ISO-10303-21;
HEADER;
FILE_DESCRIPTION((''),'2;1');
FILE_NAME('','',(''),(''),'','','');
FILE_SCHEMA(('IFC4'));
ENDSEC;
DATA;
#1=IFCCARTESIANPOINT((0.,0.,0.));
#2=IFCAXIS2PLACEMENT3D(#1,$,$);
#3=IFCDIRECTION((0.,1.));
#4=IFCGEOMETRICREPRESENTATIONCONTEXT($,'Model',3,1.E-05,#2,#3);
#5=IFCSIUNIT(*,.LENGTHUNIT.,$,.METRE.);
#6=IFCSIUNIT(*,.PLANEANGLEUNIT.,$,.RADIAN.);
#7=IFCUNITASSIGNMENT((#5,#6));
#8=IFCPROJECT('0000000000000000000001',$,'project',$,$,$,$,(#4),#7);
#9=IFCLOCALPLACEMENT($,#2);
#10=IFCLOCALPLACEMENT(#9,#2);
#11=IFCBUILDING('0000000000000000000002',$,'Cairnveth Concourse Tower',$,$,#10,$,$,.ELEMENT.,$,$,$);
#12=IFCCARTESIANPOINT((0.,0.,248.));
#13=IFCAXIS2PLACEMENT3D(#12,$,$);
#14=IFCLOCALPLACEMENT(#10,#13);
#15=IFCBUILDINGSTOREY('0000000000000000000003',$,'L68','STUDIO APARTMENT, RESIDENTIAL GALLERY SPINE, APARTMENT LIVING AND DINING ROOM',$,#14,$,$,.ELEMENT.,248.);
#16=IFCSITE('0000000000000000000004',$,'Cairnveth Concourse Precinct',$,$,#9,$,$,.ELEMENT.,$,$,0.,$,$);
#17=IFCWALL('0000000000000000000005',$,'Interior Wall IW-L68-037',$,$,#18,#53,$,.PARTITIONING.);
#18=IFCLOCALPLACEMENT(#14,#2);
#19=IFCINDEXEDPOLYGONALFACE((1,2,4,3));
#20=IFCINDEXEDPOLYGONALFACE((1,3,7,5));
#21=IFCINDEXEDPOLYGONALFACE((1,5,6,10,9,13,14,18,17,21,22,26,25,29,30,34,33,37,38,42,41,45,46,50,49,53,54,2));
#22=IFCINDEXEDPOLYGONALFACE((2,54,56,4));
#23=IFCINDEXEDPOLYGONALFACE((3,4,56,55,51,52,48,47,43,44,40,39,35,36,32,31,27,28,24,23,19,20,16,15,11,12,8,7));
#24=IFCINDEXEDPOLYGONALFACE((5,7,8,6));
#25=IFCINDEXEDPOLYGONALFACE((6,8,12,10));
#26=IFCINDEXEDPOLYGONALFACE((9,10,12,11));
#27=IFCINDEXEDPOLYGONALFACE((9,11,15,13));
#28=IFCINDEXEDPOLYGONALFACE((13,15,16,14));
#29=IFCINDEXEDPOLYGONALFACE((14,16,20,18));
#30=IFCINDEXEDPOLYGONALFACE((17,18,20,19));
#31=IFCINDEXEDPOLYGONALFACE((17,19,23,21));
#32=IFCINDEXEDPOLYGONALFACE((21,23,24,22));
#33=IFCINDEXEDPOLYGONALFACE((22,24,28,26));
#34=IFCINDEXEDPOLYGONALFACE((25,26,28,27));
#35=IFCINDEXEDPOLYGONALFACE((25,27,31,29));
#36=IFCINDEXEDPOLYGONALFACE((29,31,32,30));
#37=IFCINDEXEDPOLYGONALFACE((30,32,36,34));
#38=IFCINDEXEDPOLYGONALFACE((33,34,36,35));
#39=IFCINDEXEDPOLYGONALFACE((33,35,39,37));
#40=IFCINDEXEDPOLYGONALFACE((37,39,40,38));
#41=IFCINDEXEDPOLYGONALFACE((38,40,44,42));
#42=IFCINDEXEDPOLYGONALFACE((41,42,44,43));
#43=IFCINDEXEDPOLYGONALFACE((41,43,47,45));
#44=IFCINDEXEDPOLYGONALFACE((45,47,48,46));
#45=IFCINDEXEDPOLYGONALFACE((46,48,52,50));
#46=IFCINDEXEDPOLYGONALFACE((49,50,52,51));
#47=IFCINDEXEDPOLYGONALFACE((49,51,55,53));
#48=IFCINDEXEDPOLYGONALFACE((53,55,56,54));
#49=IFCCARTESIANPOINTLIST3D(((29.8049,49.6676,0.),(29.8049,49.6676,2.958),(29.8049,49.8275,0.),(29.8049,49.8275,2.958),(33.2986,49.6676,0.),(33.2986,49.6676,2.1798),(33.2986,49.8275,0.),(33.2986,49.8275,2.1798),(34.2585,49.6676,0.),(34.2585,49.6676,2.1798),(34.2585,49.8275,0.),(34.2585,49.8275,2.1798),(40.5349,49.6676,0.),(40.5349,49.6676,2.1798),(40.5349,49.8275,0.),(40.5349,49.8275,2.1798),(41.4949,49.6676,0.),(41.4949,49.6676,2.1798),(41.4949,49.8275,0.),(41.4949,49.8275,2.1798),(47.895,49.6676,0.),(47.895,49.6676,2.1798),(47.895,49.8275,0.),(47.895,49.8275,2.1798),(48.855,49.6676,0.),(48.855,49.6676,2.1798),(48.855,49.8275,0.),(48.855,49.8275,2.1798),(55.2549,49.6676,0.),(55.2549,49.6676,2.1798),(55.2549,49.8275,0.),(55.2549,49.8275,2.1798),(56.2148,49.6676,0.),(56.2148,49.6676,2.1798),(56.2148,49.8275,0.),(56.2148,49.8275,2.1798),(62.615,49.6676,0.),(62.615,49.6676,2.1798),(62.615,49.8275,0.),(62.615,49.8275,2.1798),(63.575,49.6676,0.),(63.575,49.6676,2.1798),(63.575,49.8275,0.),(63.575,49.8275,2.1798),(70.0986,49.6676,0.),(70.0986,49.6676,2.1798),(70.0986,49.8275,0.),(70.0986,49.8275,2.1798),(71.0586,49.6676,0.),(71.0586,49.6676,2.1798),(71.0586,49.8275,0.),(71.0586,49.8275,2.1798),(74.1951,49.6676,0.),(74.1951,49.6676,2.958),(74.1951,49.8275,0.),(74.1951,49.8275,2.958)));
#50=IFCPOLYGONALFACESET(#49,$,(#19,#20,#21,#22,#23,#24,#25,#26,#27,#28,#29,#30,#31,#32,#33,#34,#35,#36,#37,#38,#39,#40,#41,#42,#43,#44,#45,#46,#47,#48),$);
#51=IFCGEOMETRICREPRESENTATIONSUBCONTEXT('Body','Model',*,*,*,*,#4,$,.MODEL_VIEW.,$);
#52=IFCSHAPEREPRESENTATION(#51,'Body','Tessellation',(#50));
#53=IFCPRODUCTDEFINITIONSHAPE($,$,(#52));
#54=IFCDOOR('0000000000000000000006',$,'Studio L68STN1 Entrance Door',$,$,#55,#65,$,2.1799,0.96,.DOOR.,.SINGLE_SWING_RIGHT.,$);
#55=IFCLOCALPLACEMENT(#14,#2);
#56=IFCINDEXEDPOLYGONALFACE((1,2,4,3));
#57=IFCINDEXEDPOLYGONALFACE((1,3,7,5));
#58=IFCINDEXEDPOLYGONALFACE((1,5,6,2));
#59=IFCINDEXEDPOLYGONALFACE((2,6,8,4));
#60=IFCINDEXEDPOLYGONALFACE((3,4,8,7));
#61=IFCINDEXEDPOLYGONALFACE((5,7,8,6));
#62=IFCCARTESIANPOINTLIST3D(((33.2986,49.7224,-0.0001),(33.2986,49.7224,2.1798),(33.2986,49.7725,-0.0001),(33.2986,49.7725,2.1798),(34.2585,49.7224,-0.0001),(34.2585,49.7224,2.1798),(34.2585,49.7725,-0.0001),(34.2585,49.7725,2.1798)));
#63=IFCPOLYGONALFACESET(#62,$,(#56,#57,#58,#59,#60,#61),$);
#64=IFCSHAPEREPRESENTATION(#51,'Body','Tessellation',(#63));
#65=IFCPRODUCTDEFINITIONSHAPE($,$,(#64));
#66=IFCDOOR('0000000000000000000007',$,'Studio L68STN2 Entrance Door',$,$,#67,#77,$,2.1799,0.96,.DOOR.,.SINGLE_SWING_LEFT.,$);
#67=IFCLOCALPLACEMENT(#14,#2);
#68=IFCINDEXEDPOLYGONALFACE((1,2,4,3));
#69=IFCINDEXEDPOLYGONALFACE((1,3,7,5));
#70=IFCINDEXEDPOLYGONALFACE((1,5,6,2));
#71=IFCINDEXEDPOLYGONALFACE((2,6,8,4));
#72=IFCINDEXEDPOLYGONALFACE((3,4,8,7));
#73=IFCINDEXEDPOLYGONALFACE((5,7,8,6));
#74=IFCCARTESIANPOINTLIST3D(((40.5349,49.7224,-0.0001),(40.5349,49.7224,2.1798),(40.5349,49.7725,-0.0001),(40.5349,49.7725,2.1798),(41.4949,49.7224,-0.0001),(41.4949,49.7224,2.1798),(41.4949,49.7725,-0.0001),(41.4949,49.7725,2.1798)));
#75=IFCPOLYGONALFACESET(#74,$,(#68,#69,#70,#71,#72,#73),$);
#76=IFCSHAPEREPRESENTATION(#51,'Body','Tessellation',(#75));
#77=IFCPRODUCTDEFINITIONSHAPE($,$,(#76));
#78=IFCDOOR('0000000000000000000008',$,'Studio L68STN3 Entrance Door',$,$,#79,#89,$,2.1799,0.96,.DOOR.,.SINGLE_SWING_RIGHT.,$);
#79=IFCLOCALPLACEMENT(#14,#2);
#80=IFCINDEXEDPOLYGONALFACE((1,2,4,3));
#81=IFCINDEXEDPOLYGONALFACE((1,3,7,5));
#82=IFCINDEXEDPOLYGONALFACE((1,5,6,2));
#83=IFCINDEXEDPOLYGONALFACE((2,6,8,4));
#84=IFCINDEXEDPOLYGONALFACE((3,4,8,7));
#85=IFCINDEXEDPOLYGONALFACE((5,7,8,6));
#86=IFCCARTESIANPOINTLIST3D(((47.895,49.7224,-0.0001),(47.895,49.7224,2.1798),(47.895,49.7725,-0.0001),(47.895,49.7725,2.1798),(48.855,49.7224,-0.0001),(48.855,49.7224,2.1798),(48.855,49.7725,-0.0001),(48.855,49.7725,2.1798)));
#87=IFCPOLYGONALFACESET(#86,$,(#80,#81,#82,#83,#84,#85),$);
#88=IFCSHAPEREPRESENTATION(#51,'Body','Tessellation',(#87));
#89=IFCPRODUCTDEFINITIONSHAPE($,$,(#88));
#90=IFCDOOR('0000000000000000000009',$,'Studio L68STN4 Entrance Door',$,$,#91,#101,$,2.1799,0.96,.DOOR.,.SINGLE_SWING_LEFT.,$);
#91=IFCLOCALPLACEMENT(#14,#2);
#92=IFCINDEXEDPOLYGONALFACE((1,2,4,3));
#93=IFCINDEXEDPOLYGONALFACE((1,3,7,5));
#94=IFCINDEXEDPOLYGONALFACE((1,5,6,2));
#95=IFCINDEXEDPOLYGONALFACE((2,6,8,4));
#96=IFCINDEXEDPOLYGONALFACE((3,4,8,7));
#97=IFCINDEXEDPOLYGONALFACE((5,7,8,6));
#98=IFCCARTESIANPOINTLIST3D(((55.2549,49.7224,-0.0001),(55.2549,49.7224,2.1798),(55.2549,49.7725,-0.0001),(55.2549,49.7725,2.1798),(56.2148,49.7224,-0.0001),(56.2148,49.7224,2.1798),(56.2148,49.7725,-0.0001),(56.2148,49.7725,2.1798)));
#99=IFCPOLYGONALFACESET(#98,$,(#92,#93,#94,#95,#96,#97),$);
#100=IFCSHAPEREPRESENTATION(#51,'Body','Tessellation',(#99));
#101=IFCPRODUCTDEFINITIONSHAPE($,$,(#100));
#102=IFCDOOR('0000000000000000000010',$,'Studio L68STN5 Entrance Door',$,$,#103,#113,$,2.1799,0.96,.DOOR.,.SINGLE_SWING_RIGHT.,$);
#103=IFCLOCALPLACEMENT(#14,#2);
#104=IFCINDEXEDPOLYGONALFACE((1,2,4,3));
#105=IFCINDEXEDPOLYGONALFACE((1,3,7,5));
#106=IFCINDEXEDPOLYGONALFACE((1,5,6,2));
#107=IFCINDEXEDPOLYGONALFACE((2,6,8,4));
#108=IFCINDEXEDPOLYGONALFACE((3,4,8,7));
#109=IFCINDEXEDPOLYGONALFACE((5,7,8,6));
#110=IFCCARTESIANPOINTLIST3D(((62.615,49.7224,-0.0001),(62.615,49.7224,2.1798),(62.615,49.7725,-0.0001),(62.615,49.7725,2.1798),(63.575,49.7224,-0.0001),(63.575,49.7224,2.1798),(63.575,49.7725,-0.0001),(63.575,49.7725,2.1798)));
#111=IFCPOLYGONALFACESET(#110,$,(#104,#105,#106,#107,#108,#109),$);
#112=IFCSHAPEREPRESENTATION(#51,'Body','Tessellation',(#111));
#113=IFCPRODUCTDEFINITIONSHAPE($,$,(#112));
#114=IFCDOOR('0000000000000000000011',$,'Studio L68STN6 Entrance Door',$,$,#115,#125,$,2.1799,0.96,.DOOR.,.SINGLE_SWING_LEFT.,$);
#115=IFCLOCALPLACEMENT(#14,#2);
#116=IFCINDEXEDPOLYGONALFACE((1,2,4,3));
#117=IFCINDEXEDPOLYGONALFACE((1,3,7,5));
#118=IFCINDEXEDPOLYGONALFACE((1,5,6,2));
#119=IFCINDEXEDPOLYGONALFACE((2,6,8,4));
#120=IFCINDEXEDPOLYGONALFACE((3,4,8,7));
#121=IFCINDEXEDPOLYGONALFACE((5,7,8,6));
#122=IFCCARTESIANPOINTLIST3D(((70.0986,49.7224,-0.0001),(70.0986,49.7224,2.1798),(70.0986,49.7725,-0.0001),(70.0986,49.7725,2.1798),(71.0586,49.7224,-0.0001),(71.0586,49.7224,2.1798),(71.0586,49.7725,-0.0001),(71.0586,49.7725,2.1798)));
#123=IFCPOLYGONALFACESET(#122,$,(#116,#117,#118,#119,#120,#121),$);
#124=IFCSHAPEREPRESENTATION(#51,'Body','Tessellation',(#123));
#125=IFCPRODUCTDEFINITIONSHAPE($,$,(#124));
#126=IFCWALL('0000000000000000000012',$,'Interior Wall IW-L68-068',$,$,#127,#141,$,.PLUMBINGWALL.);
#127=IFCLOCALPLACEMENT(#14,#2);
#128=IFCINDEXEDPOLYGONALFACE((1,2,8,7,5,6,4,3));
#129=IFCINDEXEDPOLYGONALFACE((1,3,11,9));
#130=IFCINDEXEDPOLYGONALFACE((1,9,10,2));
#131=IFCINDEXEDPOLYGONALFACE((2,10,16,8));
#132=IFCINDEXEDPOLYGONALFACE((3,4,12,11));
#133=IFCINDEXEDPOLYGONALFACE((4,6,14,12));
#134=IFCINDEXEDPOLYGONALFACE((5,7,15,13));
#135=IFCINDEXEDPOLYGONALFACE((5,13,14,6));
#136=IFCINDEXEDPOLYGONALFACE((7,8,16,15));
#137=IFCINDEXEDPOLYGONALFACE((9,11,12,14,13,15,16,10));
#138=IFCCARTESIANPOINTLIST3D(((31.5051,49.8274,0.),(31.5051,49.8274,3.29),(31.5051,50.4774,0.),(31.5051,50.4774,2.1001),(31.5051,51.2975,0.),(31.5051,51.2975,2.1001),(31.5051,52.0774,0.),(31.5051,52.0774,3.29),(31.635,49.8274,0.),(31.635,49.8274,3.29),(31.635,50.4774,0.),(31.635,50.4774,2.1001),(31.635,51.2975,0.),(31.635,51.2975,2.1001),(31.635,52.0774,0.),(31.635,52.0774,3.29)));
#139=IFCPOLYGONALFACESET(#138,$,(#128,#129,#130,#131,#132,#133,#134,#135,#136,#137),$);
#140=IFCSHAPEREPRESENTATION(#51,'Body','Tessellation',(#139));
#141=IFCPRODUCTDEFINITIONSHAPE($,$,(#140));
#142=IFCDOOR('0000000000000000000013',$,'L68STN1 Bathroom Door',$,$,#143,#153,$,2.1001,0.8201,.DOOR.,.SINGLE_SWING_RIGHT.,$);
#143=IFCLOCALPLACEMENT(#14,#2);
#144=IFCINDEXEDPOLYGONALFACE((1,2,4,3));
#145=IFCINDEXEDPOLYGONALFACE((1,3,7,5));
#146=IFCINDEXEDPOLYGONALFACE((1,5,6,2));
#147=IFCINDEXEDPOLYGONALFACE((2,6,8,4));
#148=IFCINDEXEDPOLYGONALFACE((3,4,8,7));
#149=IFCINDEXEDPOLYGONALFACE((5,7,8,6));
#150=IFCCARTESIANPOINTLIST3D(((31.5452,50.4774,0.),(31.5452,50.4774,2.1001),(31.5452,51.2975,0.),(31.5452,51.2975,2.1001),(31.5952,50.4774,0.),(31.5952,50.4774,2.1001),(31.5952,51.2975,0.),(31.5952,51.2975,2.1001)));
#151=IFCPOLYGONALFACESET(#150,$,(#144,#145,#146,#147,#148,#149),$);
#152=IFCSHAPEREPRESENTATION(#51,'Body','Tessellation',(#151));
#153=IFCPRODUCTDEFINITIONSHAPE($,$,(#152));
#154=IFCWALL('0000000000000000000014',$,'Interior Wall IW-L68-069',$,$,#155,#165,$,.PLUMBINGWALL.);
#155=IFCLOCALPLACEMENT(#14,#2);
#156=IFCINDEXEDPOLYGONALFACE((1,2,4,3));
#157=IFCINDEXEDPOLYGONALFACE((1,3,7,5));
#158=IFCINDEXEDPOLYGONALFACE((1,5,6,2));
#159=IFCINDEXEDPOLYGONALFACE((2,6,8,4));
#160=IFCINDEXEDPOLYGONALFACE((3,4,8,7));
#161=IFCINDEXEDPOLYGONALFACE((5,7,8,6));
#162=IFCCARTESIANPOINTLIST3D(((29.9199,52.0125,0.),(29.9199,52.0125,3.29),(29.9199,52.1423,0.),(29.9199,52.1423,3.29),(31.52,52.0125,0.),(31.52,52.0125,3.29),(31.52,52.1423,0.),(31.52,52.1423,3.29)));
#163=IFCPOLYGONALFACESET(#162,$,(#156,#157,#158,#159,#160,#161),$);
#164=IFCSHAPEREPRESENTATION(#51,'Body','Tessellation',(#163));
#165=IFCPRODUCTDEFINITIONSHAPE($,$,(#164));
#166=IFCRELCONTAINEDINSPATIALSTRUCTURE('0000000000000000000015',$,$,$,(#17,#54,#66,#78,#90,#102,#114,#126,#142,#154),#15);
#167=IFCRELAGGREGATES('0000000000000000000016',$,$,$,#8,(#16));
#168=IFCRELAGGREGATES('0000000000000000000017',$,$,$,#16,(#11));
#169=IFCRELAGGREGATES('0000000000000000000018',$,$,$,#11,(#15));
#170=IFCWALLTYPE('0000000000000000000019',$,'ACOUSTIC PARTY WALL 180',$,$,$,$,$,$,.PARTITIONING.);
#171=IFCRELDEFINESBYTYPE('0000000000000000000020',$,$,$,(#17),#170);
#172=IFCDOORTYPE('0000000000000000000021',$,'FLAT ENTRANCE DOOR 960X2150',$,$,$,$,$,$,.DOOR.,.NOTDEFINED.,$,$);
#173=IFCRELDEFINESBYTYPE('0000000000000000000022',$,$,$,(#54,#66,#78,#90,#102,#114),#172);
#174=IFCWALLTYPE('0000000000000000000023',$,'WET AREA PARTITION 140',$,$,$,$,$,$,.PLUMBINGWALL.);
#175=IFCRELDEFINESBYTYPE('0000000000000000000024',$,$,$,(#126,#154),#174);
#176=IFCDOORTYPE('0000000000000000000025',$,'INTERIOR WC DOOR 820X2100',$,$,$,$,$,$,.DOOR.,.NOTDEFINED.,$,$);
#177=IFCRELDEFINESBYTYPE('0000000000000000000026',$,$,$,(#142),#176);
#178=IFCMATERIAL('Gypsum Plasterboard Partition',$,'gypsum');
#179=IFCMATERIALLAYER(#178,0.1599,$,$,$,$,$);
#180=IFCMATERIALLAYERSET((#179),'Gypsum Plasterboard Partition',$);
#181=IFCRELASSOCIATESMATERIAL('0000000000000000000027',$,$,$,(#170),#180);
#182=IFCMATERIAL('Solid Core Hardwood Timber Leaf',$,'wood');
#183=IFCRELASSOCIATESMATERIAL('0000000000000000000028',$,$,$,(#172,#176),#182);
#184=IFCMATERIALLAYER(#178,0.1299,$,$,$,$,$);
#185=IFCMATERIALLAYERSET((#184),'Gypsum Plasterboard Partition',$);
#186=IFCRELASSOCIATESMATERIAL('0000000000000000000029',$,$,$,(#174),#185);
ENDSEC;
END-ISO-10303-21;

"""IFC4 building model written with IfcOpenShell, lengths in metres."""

from ifc_helpers import new_model, si_unit, direction, frame, frame_2d, origin, place, context, subcontext, project, spatial, rectangle, extrude, material, layer, layer_set, type_object, element, fill, save


model = new_model("IFC4")

# Units and contexts
model_context = context("Model", 3, precision=1e-05, world=origin(), true_north=direction((0.0, 1.0)))
body_context = subcontext(model_context, "Body", "Model", "MODEL_VIEW")
ifc_project = project(units=[si_unit("LENGTHUNIT", "METRE"), si_unit("PLANEANGLEUNIT", "RADIAN")], contexts=[model_context])

# Site, building, storey
site_placement = place(None, origin())
site = spatial("IfcSite", under=ifc_project, at=site_placement, Name="Cairnveth Concourse Precinct", CompositionType="ELEMENT", RefElevation=0.0)
building_placement = place(site_placement, origin())
building = spatial("IfcBuilding", under=site, at=building_placement, Name="Cairnveth Concourse Tower", CompositionType="ELEMENT")
storey_placement = place(building_placement, frame((0.0, 0.0, 248.0)))
storey = spatial("IfcBuildingStorey", under=building, at=storey_placement, Name="L68", Description="STUDIO APARTMENT, RESIDENTIAL GALLERY SPINE, APARTMENT LIVING AND DINING ROOM", CompositionType="ELEMENT", Elevation=248.0)

# Wall, openings, doors
ifc_material_1 = material(Name="Gypsum Plasterboard Partition", Category="gypsum")
ifc_layer_1 = layer(ifc_material_1, 0.1599)
ifc_layer_set_1 = layer_set([ifc_layer_1], Name="Gypsum Plasterboard Partition")
wall_type_1 = type_object("IfcWallType", Name="ACOUSTIC PARTY WALL 180", PredefinedType="PARTITIONING", material=ifc_layer_set_1)
wall_1_placement = place(storey_placement, frame((29.8049, 49.7476, 0.0), z_axis=(0.0, 0.0, 1.0), x_axis=(1.0, 0.0, 0.0)))
wall_1 = element("IfcWall", 1, at=wall_1_placement, inside=storey, type_object=wall_type_1, Name="Interior Wall IW-L68-037", PredefinedType="PARTITIONING", context=body_context, shape_type="SweptSolid", body=[
    extrude(rectangle(XDim=44.3901, YDim=0.1599, at=frame_2d((22.1951, 0.0))), origin(), (0.0, 0.0, 1.0), 2.958),
])
opening_1_placement = place(wall_1_placement, frame((3.4937, 0.0, 0.0)))
opening_1 = element("IfcOpeningElement", 2, at=opening_1_placement, cuts=wall_1, PredefinedType="OPENING", context=body_context, shape_type="SweptSolid", body=[
    extrude(rectangle(XDim=0.96, YDim=2.1799, at=frame_2d((0.48, 1.0898))), frame((0.0, 0.0898, 0.0), z_axis=(0.0, -1.0, 0.0), x_axis=(1.0, 0.0, 0.0)), (0.0, 0.0, 1.0), 0.1799),
])
opening_2_placement = place(wall_1_placement, frame((10.73, 0.0, 0.0)))
opening_2 = element("IfcOpeningElement", 3, at=opening_2_placement, cuts=wall_1, PredefinedType="OPENING", context=body_context, shape_type="SweptSolid", body=[
    extrude(rectangle(XDim=0.96, YDim=2.1799, at=frame_2d((0.48, 1.0898))), frame((0.0, 0.0898, 0.0), z_axis=(0.0, -1.0, 0.0), x_axis=(1.0, 0.0, 0.0)), (0.0, 0.0, 1.0), 0.1799),
])
opening_3_placement = place(wall_1_placement, frame((18.0901, 0.0, 0.0)))
opening_3 = element("IfcOpeningElement", 4, at=opening_3_placement, cuts=wall_1, PredefinedType="OPENING", context=body_context, shape_type="SweptSolid", body=[
    extrude(rectangle(XDim=0.96, YDim=2.1799, at=frame_2d((0.48, 1.0898))), frame((0.0, 0.0898, 0.0), z_axis=(0.0, -1.0, 0.0), x_axis=(1.0, 0.0, 0.0)), (0.0, 0.0, 1.0), 0.1799),
])
opening_4_placement = place(wall_1_placement, frame((25.45, 0.0, 0.0)))
opening_4 = element("IfcOpeningElement", 5, at=opening_4_placement, cuts=wall_1, PredefinedType="OPENING", context=body_context, shape_type="SweptSolid", body=[
    extrude(rectangle(XDim=0.96, YDim=2.1799, at=frame_2d((0.48, 1.0898))), frame((0.0, 0.0898, 0.0), z_axis=(0.0, -1.0, 0.0), x_axis=(1.0, 0.0, 0.0)), (0.0, 0.0, 1.0), 0.1799),
])
opening_5_placement = place(wall_1_placement, frame((32.8101, 0.0, 0.0)))
opening_5 = element("IfcOpeningElement", 6, at=opening_5_placement, cuts=wall_1, PredefinedType="OPENING", context=body_context, shape_type="SweptSolid", body=[
    extrude(rectangle(XDim=0.96, YDim=2.1799, at=frame_2d((0.48, 1.0898))), frame((0.0, 0.0898, 0.0), z_axis=(0.0, -1.0, 0.0), x_axis=(1.0, 0.0, 0.0)), (0.0, 0.0, 1.0), 0.1799),
])
opening_6_placement = place(wall_1_placement, frame((40.2937, 0.0, 0.0)))
opening_6 = element("IfcOpeningElement", 7, at=opening_6_placement, cuts=wall_1, PredefinedType="OPENING", context=body_context, shape_type="SweptSolid", body=[
    extrude(rectangle(XDim=0.96, YDim=2.1799, at=frame_2d((0.48, 1.0898))), frame((0.0, 0.0898, 0.0), z_axis=(0.0, -1.0, 0.0), x_axis=(1.0, 0.0, 0.0)), (0.0, 0.0, 1.0), 0.1799),
])
ifc_material_2 = material(Name="Solid Core Hardwood Timber Leaf", Category="wood")
door_type_1 = type_object("IfcDoorType", Name="FLAT ENTRANCE DOOR 960X2150", OperationType="NOTDEFINED", PredefinedType="DOOR", material=ifc_material_2)
door_1_placement = place(opening_1_placement, origin())
door_1 = element("IfcDoor", 8, at=door_1_placement, inside=storey, type_object=door_type_1, Name="Studio L68STN1 Entrance Door", OperationType="SINGLE_SWING_RIGHT", OverallHeight=2.1799, OverallWidth=0.96, PredefinedType="DOOR", context=body_context, shape_type="SweptSolid", body=[
    extrude(rectangle(XDim=0.96, YDim=2.1799, at=frame_2d((0.48, 1.0898))), frame((0.0, 0.0249, 0.0), z_axis=(0.0, -1.0, 0.0), x_axis=(1.0, 0.0, 0.0)), (0.0, 0.0, 1.0), 0.05),
])
fill(opening_1, door_1)
door_2_placement = place(opening_2_placement, origin())
door_2 = element("IfcDoor", 9, at=door_2_placement, inside=storey, type_object=door_type_1, Name="Studio L68STN2 Entrance Door", OperationType="SINGLE_SWING_LEFT", OverallHeight=2.1799, OverallWidth=0.96, PredefinedType="DOOR", context=body_context, shape_type="SweptSolid", body=[
    extrude(rectangle(XDim=0.96, YDim=2.1799, at=frame_2d((0.48, 1.0898))), frame((0.0, 0.0249, 0.0), z_axis=(0.0, -1.0, 0.0), x_axis=(1.0, 0.0, 0.0)), (0.0, 0.0, 1.0), 0.05),
])
fill(opening_2, door_2)
door_3_placement = place(opening_3_placement, origin())
door_3 = element("IfcDoor", 10, at=door_3_placement, inside=storey, type_object=door_type_1, Name="Studio L68STN3 Entrance Door", OperationType="SINGLE_SWING_RIGHT", OverallHeight=2.1799, OverallWidth=0.96, PredefinedType="DOOR", context=body_context, shape_type="SweptSolid", body=[
    extrude(rectangle(XDim=0.96, YDim=2.1799, at=frame_2d((0.48, 1.0898))), frame((0.0, 0.0249, 0.0), z_axis=(0.0, -1.0, 0.0), x_axis=(1.0, 0.0, 0.0)), (0.0, 0.0, 1.0), 0.05),
])
fill(opening_3, door_3)
door_4_placement = place(opening_4_placement, origin())
door_4 = element("IfcDoor", 11, at=door_4_placement, inside=storey, type_object=door_type_1, Name="Studio L68STN4 Entrance Door", OperationType="SINGLE_SWING_LEFT", OverallHeight=2.1799, OverallWidth=0.96, PredefinedType="DOOR", context=body_context, shape_type="SweptSolid", body=[
    extrude(rectangle(XDim=0.96, YDim=2.1799, at=frame_2d((0.48, 1.0898))), frame((0.0, 0.0249, 0.0), z_axis=(0.0, -1.0, 0.0), x_axis=(1.0, 0.0, 0.0)), (0.0, 0.0, 1.0), 0.05),
])
fill(opening_4, door_4)
door_5_placement = place(opening_5_placement, origin())
door_5 = element("IfcDoor", 12, at=door_5_placement, inside=storey, type_object=door_type_1, Name="Studio L68STN5 Entrance Door", OperationType="SINGLE_SWING_RIGHT", OverallHeight=2.1799, OverallWidth=0.96, PredefinedType="DOOR", context=body_context, shape_type="SweptSolid", body=[
    extrude(rectangle(XDim=0.96, YDim=2.1799, at=frame_2d((0.48, 1.0898))), frame((0.0, 0.0249, 0.0), z_axis=(0.0, -1.0, 0.0), x_axis=(1.0, 0.0, 0.0)), (0.0, 0.0, 1.0), 0.05),
])
fill(opening_5, door_5)
door_6_placement = place(opening_6_placement, origin())
door_6 = element("IfcDoor", 13, at=door_6_placement, inside=storey, type_object=door_type_1, Name="Studio L68STN6 Entrance Door", OperationType="SINGLE_SWING_LEFT", OverallHeight=2.1799, OverallWidth=0.96, PredefinedType="DOOR", context=body_context, shape_type="SweptSolid", body=[
    extrude(rectangle(XDim=0.96, YDim=2.1799, at=frame_2d((0.48, 1.0898))), frame((0.0, 0.0249, 0.0), z_axis=(0.0, -1.0, 0.0), x_axis=(1.0, 0.0, 0.0)), (0.0, 0.0, 1.0), 0.05),
])
fill(opening_6, door_6)

# Wall, opening, door
ifc_layer_2 = layer(ifc_material_1, 0.1299)
ifc_layer_set_2 = layer_set([ifc_layer_2], Name="Gypsum Plasterboard Partition")
wall_type_2 = type_object("IfcWallType", Name="WET AREA PARTITION 140", PredefinedType="PLUMBINGWALL", material=ifc_layer_set_2)
wall_2_placement = place(storey_placement, frame((31.5701, 49.8274, 0.0), z_axis=(0.0, 0.0, 1.0), x_axis=(0.0, 1.0, 0.0)))
wall_2 = element("IfcWall", 14, at=wall_2_placement, inside=storey, type_object=wall_type_2, Name="Interior Wall IW-L68-068", PredefinedType="PLUMBINGWALL", context=body_context, shape_type="SweptSolid", body=[
    extrude(rectangle(XDim=2.25, YDim=0.1299, at=frame_2d((1.125, 0.0))), origin(), (0.0, 0.0, 1.0), 3.29),
])
opening_7_placement = place(wall_2_placement, frame((0.6499, 0.0, 0.0)))
opening_7 = element("IfcOpeningElement", 15, at=opening_7_placement, cuts=wall_2, PredefinedType="OPENING", context=body_context, shape_type="SweptSolid", body=[
    extrude(rectangle(XDim=0.8201, YDim=2.1001, at=frame_2d((0.4102, 1.05))), frame((0.0, 0.075, 0.0), z_axis=(0.0, -1.0, 0.0), x_axis=(1.0, 0.0, 0.0)), (0.0, 0.0, 1.0), 0.1499),
])
door_type_2 = type_object("IfcDoorType", Name="INTERIOR WC DOOR 820X2100", OperationType="NOTDEFINED", PredefinedType="DOOR", material=ifc_material_2)
door_7_placement = place(opening_7_placement, origin())
door_7 = element("IfcDoor", 16, at=door_7_placement, inside=storey, type_object=door_type_2, Name="L68STN1 Bathroom Door", OperationType="SINGLE_SWING_RIGHT", OverallHeight=2.1001, OverallWidth=0.8201, PredefinedType="DOOR", context=body_context, shape_type="SweptSolid", body=[
    extrude(rectangle(XDim=0.8201, YDim=2.1001, at=frame_2d((0.4102, 1.05))), frame((0.0, 0.0249, 0.0), z_axis=(0.0, -1.0, 0.0), x_axis=(1.0, 0.0, 0.0)), (0.0, 0.0, 1.0), 0.05),
])
fill(opening_7, door_7)

# Wall
wall_3_placement = place(storey_placement, frame((29.9199, 52.0774, 0.0), z_axis=(0.0, 0.0, 1.0), x_axis=(1.0, 0.0, 0.0)))
element("IfcWall", 17, at=wall_3_placement, inside=storey, type_object=wall_type_2, Name="Interior Wall IW-L68-069", PredefinedType="PLUMBINGWALL", context=body_context, shape_type="SweptSolid", body=[
    extrude(rectangle(XDim=1.6001, YDim=0.1299, at=frame_2d((0.8, 0.0))), origin(), (0.0, 0.0, 1.0), 3.29),
])

save(model, "model.ifc")
